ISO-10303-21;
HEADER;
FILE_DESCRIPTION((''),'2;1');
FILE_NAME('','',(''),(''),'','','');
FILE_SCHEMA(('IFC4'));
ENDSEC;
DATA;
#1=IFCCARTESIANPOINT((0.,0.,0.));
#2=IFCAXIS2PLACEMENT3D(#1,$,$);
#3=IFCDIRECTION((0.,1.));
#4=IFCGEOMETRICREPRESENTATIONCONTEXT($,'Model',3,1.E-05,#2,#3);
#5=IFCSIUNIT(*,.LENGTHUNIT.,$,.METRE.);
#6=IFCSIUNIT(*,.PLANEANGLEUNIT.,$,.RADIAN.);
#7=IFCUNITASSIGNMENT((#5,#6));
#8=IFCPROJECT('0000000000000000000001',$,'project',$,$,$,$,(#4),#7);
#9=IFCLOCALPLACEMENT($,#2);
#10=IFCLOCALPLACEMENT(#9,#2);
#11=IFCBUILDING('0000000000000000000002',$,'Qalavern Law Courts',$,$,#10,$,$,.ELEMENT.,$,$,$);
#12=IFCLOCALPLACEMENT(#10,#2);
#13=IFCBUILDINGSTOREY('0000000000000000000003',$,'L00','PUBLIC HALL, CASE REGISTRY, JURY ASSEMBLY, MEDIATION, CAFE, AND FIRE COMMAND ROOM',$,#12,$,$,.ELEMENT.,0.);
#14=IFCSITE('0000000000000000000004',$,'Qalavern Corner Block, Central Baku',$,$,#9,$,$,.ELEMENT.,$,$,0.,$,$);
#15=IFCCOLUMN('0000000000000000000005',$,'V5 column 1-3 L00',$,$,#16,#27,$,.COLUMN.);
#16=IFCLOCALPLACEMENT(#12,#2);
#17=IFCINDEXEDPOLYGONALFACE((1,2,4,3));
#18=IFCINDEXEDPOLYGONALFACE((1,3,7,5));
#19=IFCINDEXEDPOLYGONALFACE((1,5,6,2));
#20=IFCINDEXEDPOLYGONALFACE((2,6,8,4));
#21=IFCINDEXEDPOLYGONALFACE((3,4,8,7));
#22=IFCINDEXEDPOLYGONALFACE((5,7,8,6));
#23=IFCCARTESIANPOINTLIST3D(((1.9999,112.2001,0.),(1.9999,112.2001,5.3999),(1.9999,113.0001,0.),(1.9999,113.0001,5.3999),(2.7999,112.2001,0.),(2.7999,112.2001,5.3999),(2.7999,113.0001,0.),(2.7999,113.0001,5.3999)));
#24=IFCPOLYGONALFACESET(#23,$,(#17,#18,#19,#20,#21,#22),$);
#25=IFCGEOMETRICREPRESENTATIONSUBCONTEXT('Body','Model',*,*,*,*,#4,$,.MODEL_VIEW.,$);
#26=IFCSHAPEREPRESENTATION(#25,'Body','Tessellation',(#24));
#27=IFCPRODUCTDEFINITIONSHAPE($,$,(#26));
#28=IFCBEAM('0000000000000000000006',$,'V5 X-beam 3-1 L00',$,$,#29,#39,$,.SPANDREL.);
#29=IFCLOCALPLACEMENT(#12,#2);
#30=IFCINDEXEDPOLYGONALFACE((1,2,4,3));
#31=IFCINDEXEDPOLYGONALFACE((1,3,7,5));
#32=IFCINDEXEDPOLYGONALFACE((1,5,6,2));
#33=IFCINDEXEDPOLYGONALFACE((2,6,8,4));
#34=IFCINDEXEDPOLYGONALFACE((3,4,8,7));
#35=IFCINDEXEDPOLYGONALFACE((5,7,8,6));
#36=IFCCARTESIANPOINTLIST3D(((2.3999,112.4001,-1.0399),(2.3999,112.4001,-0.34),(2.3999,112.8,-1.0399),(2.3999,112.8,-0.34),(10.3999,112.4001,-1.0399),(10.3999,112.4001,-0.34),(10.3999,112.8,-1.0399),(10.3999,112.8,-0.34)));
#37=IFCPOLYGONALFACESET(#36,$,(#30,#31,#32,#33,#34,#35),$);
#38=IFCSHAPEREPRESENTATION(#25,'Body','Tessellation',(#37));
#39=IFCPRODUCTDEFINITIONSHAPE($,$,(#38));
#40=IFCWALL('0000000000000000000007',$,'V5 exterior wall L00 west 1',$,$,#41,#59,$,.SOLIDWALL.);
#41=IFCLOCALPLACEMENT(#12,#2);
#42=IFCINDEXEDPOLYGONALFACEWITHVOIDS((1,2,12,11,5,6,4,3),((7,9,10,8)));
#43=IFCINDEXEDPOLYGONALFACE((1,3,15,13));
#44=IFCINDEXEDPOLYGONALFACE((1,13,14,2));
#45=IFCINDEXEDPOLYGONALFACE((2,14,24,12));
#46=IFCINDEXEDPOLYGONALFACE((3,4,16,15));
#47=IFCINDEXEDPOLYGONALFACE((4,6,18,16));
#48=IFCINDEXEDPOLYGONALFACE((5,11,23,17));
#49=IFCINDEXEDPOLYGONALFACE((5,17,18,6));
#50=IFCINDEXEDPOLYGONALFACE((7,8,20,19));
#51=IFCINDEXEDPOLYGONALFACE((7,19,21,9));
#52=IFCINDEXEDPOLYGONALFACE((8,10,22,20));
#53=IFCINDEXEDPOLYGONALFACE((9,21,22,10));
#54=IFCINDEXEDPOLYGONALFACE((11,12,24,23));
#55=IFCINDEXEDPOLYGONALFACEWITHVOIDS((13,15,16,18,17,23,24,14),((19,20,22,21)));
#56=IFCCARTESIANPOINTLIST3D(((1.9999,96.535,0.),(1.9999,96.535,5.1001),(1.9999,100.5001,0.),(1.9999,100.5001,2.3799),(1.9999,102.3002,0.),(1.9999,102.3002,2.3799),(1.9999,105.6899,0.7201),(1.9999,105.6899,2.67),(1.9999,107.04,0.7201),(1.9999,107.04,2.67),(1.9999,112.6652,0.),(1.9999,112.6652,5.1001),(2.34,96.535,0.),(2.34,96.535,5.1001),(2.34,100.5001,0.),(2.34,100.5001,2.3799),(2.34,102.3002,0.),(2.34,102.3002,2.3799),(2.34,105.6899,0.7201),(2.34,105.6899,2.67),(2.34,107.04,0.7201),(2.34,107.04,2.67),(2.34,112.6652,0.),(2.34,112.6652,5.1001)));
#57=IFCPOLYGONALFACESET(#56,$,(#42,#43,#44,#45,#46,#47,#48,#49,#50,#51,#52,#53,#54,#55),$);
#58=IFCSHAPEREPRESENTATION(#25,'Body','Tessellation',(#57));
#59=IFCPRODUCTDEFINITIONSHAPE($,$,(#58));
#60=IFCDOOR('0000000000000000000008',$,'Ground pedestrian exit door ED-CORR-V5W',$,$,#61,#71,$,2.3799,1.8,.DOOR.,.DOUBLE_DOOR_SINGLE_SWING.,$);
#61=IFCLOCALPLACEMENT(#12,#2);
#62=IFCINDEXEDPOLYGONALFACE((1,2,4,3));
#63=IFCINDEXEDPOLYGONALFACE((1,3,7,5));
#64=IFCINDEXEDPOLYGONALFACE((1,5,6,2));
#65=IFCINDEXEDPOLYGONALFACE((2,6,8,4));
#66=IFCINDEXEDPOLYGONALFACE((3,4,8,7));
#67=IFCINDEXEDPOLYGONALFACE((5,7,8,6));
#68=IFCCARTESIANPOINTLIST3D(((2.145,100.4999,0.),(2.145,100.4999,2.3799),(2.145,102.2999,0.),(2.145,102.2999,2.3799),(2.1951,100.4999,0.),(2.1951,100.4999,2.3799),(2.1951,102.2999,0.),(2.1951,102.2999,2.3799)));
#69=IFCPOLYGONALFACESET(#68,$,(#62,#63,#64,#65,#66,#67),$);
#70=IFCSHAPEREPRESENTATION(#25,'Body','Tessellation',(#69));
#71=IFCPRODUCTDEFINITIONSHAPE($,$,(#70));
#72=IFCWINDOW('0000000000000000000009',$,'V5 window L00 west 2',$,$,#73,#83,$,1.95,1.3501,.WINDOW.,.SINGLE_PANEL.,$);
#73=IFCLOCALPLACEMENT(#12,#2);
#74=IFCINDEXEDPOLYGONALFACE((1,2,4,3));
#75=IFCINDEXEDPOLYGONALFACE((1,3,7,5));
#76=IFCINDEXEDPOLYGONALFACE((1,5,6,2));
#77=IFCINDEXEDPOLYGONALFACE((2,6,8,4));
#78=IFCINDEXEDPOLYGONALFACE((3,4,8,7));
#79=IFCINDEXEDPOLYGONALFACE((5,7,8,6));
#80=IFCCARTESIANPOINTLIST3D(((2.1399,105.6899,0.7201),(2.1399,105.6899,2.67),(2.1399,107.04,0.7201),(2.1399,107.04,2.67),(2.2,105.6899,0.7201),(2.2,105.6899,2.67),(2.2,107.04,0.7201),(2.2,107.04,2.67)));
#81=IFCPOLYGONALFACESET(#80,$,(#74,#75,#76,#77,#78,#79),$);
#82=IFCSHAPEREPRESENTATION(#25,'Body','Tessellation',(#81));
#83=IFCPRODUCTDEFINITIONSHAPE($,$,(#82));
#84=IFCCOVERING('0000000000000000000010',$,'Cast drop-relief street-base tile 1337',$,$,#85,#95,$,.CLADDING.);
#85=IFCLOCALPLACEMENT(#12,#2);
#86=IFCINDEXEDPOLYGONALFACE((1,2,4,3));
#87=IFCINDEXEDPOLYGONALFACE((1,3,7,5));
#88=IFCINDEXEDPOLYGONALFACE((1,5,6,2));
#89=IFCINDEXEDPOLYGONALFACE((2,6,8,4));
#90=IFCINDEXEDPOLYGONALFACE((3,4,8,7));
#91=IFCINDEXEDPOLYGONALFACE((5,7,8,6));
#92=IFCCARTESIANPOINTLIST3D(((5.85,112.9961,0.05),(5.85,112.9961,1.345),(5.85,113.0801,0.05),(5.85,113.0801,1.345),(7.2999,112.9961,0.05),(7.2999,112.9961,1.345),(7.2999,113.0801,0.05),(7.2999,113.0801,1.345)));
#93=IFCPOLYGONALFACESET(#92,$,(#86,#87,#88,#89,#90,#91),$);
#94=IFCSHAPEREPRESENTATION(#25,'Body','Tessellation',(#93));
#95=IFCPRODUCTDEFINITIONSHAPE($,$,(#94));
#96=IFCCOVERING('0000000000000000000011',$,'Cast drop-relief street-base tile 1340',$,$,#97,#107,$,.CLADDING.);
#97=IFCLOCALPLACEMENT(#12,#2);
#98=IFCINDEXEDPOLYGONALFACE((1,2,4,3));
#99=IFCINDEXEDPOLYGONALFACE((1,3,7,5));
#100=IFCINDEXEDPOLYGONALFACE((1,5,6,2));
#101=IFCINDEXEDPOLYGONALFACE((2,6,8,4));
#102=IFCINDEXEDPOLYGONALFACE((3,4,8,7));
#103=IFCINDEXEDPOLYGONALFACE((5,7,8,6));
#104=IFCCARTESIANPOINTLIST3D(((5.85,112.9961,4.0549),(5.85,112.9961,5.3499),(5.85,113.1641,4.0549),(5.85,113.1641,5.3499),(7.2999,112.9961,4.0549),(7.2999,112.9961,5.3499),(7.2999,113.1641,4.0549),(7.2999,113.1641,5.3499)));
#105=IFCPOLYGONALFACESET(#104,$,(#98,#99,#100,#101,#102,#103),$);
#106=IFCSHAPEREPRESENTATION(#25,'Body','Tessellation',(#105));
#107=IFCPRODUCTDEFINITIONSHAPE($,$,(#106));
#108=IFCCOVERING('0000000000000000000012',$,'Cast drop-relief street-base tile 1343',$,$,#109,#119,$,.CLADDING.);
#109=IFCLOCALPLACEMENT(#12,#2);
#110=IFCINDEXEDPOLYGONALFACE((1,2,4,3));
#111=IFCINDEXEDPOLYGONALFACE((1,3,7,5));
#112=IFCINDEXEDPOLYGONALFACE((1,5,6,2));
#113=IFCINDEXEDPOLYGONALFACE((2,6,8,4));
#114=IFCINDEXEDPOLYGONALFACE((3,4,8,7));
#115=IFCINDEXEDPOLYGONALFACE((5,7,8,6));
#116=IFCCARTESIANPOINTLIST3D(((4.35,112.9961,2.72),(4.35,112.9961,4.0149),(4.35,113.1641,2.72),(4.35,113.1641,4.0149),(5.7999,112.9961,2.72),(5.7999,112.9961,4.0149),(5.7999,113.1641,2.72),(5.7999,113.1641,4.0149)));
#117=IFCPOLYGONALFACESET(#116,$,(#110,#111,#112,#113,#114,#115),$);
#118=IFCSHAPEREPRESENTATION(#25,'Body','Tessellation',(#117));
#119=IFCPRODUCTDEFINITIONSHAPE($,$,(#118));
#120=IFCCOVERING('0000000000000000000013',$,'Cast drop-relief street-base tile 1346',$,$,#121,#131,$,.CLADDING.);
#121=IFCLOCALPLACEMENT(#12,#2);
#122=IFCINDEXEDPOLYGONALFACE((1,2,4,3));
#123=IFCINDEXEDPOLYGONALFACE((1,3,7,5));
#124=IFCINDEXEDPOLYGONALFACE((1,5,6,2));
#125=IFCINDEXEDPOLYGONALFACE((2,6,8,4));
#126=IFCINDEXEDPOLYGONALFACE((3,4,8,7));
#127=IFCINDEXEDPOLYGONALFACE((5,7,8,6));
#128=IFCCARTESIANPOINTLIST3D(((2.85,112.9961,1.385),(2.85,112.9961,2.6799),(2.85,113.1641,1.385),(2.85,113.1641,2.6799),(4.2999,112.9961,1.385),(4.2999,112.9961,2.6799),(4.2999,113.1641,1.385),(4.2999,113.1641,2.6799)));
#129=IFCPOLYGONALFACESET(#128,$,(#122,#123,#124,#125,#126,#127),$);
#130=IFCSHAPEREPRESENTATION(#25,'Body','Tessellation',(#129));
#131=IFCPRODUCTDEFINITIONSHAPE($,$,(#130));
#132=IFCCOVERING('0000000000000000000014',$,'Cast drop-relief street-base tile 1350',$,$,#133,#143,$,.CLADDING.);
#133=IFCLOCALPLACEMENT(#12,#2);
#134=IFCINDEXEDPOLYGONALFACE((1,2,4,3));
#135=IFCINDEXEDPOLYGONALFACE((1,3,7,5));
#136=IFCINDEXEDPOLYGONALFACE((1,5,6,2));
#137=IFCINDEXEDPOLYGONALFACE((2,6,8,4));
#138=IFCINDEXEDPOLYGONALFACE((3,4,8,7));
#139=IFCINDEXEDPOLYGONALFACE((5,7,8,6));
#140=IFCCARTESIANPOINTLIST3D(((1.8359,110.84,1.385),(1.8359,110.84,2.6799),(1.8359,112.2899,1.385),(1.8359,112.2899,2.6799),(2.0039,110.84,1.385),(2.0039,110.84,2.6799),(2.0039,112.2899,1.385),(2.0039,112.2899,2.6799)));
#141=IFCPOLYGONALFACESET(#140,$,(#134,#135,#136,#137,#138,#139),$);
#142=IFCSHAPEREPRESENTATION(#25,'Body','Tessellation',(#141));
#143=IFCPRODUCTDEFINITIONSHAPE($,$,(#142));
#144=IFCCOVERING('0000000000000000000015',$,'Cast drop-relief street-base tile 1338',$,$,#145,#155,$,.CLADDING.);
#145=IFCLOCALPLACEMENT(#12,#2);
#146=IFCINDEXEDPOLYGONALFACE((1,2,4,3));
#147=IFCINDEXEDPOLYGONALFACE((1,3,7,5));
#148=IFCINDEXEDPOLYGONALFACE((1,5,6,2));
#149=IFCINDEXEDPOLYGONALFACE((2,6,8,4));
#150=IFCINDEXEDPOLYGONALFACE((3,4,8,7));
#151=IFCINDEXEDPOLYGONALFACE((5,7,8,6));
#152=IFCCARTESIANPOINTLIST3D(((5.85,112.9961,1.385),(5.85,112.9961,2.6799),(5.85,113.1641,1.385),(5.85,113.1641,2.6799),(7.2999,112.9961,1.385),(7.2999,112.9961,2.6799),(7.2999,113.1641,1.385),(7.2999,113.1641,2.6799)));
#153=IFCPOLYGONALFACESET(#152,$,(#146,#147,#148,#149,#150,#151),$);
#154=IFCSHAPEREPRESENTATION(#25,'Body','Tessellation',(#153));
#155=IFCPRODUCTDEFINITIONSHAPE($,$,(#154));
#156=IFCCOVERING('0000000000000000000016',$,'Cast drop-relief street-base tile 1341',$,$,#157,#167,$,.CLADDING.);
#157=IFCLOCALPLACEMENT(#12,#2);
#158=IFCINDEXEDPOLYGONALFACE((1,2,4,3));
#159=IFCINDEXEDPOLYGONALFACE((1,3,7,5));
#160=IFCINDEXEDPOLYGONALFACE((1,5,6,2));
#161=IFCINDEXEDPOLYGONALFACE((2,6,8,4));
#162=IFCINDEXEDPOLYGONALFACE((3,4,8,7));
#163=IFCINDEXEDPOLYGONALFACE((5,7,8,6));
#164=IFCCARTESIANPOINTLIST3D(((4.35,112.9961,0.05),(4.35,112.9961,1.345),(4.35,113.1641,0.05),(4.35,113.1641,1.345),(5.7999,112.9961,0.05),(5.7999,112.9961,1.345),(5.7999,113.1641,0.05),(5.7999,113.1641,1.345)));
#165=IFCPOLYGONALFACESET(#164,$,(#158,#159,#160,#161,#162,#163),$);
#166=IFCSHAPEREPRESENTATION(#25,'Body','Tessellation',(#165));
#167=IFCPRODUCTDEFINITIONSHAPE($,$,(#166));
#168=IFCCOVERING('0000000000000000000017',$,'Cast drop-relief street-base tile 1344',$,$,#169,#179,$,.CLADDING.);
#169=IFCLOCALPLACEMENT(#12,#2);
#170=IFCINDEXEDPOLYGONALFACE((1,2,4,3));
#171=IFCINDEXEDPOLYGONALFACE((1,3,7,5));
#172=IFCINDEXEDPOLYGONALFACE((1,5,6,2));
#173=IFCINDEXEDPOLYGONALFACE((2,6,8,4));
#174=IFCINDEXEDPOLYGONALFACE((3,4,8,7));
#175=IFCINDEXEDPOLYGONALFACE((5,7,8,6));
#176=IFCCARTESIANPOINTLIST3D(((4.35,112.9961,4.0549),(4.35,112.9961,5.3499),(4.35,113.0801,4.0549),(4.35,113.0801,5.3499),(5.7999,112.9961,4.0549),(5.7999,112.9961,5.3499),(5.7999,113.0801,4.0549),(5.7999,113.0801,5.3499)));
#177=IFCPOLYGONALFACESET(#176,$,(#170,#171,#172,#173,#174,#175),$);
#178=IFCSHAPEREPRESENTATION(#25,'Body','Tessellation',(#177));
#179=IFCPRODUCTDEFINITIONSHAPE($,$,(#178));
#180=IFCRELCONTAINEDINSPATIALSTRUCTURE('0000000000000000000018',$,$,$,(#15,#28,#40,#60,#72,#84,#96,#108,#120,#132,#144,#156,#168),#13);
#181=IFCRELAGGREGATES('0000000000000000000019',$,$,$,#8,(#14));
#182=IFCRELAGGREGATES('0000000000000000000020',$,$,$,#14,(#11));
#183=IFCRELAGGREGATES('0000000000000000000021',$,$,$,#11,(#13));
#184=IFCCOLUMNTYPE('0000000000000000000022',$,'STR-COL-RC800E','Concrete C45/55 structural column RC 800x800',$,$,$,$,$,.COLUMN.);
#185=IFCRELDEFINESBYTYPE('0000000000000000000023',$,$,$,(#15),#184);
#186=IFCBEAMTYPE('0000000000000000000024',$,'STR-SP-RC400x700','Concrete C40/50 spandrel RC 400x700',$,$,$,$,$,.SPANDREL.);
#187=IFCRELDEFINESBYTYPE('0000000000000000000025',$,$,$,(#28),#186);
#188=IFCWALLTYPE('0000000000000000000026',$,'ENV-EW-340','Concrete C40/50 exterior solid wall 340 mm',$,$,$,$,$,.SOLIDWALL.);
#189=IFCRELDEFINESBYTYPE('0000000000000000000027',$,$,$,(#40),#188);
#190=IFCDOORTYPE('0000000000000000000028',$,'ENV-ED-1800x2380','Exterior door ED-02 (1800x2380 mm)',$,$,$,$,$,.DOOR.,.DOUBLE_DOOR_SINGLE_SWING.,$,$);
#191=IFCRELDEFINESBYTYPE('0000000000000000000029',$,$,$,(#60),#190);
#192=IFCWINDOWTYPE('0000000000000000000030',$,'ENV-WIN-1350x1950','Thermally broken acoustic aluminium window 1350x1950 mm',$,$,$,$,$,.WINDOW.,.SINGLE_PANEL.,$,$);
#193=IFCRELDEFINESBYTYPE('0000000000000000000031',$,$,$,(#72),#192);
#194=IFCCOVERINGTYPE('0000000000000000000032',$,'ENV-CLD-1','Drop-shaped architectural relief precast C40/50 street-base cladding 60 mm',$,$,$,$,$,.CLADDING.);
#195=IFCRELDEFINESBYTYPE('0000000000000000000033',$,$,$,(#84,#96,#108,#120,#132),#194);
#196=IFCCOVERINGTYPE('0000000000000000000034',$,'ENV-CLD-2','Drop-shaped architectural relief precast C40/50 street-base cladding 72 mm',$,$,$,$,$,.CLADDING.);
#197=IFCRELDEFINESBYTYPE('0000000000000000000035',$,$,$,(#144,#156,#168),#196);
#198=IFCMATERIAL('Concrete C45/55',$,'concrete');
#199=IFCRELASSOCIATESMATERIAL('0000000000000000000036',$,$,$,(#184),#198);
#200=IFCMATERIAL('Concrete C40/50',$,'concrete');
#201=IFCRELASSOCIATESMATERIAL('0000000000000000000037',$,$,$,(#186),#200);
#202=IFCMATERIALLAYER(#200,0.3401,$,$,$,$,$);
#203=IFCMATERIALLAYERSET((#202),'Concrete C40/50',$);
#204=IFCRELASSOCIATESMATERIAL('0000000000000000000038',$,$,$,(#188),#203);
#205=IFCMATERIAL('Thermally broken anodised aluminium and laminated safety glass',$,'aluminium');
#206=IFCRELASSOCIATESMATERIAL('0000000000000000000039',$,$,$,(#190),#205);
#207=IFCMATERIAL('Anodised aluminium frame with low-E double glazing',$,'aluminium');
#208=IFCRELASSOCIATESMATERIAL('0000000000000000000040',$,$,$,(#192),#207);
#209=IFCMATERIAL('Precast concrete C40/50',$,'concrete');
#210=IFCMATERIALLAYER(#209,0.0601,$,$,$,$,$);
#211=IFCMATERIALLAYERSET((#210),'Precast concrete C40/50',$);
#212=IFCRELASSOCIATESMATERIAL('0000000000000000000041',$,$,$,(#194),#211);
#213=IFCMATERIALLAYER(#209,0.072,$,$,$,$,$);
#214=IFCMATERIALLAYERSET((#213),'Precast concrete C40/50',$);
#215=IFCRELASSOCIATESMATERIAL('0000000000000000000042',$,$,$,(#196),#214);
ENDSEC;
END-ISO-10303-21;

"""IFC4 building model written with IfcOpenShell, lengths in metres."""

from ifc_helpers import new_model, si_unit, direction, frame, frame_2d, origin, origin_2d, place, context, subcontext, project, spatial, rectangle, extrude, material, layer, layer_set, material_profile, profile_set, type_object, element, fill, save


model = new_model("IFC4")

# Units and contexts
model_context = context("Model", 3, precision=1e-05, world=origin(), true_north=direction((0.0, 1.0)))
body_context = subcontext(model_context, "Body", "Model", "MODEL_VIEW")
ifc_project = project(units=[si_unit("LENGTHUNIT", "METRE"), si_unit("PLANEANGLEUNIT", "RADIAN")], contexts=[model_context])

# Site, building, storey
site_placement = place(None, origin())
site = spatial("IfcSite", under=ifc_project, at=site_placement, Name="Qalavern Corner Block, Central Baku", CompositionType="ELEMENT", RefElevation=0.0)
building_placement = place(site_placement, origin())
building = spatial("IfcBuilding", under=site, at=building_placement, Name="Qalavern Law Courts", CompositionType="ELEMENT")
storey_placement = place(building_placement, origin())
storey = spatial("IfcBuildingStorey", under=building, at=storey_placement, Name="L00", Description="PUBLIC HALL, CASE REGISTRY, JURY ASSEMBLY, MEDIATION, CAFE, AND FIRE COMMAND ROOM", CompositionType="ELEMENT", Elevation=0.0)

# Column
ifc_material_1 = material(Name="Concrete C45/55", Category="concrete")
ifc_material_profile_1 = material_profile(ifc_material_1, rectangle(XDim=0.8, YDim=0.8, at=origin_2d()), Name="RC 800x800")
ifc_profile_set_1 = profile_set([ifc_material_profile_1], Name="Concrete C45/55")
column_type = type_object("IfcColumnType", Name="STR-COL-RC800E", Description="Concrete C45/55 structural column RC 800x800", PredefinedType="COLUMN", material=ifc_profile_set_1)
column_placement = place(storey_placement, frame((2.3999, 112.6001, 0.0), z_axis=(0.0, 0.0, 1.0), x_axis=(1.0, 0.0, 0.0)))
element("IfcColumn", 1, at=column_placement, inside=storey, type_object=column_type, Name="V5 column 1-3 L00", PredefinedType="COLUMN", context=body_context, shape_type="SweptSolid", body=[
    extrude(rectangle(XDim=0.8, YDim=0.8, at=origin_2d()), origin(), (0.0, 0.0, 1.0), 5.3999),
])

# Beam
ifc_material_2 = material(Name="Concrete C40/50", Category="concrete")
ifc_material_profile_2 = material_profile(ifc_material_2, rectangle(XDim=0.3999, YDim=0.7, at=origin_2d()), Name="RC 400x700")
ifc_profile_set_2 = profile_set([ifc_material_profile_2], Name="Concrete C40/50")
beam_type = type_object("IfcBeamType", Name="STR-SP-RC400x700", Description="Concrete C40/50 spandrel RC 400x700", PredefinedType="SPANDREL", material=ifc_profile_set_2)
beam_placement = place(storey_placement, frame((2.3999, 112.6001, -0.6899), z_axis=(1.0, 0.0, 0.0), x_axis=(0.0, 1.0, 0.0)))
element("IfcBeam", 2, at=beam_placement, inside=storey, type_object=beam_type, Name="V5 X-beam 3-1 L00", PredefinedType="SPANDREL", context=body_context, shape_type="SweptSolid", body=[
    extrude(rectangle(XDim=0.3999, YDim=0.7, at=origin_2d()), origin(), (0.0, 0.0, 1.0), 8.0),
])

# Wall, openings, door, window
ifc_layer_1 = layer(ifc_material_2, 0.3401)
ifc_layer_set_1 = layer_set([ifc_layer_1], Name="Concrete C40/50")
wall_type = type_object("IfcWallType", Name="ENV-EW-340", Description="Concrete C40/50 exterior solid wall 340 mm", PredefinedType="SOLIDWALL", material=ifc_layer_set_1)
wall_placement = place(storey_placement, frame((2.1699, 112.665, 0.0), z_axis=(0.0, 0.0, 1.0), x_axis=(0.0, -1.0, 0.0)))
wall = element("IfcWall", 3, at=wall_placement, inside=storey, type_object=wall_type, Name="V5 exterior wall L00 west 1", PredefinedType="SOLIDWALL", context=body_context, shape_type="SweptSolid", body=[
    extrude(rectangle(XDim=16.1301, YDim=0.3401, at=frame_2d((8.0649, 0.0))), origin(), (0.0, 0.0, 1.0), 5.1001),
])
opening_1_placement = place(wall_placement, frame((10.365, 0.0, 0.0)))
opening_1 = element("IfcOpeningElement", 4, at=opening_1_placement, cuts=wall, PredefinedType="OPENING", context=body_context, shape_type="SweptSolid", body=[
    extrude(rectangle(XDim=1.8, YDim=2.3799, at=frame_2d((0.8999, 1.1899))), frame((0.0, 0.1851, 0.0), z_axis=(0.0, -1.0, 0.0), x_axis=(1.0, 0.0, 0.0)), (0.0, 0.0, 1.0), 0.3699),
])
opening_2_placement = place(wall_placement, frame((5.625, 0.0, 0.72)))
opening_2 = element("IfcOpeningElement", 5, at=opening_2_placement, cuts=wall, PredefinedType="OPENING", context=body_context, shape_type="SweptSolid", body=[
    extrude(rectangle(XDim=1.3501, YDim=1.95, at=frame_2d((0.675, 0.9751))), frame((0.0, 0.1851, 0.0), z_axis=(0.0, -1.0, 0.0), x_axis=(1.0, 0.0, 0.0)), (0.0, 0.0, 1.0), 0.3699),
])
ifc_material_3 = material(Name="Thermally broken anodised aluminium and laminated safety glass", Category="aluminium")
door_type = type_object("IfcDoorType", Name="ENV-ED-1800x2380", Description="Exterior door ED-02 (1800x2380 mm)", OperationType="DOUBLE_DOOR_SINGLE_SWING", PredefinedType="DOOR", material=ifc_material_3)
door_placement = place(opening_1_placement, frame((1.8, 0.0, 0.0), z_axis=(0.0, 0.0, 1.0), x_axis=(-1.0, 0.0, 0.0)))
door = element("IfcDoor", 6, at=door_placement, inside=storey, type_object=door_type, Name="Ground pedestrian exit door ED-CORR-V5W", OperationType="DOUBLE_DOOR_SINGLE_SWING", OverallHeight=2.3799, OverallWidth=1.8, PredefinedType="DOOR", context=body_context, shape_type="SweptSolid", body=[
    extrude(rectangle(XDim=1.8, YDim=2.3799, at=frame_2d((0.8999, 1.1899))), frame((0.0, 0.0249, 0.0), z_axis=(0.0, -1.0, 0.0), x_axis=(1.0, 0.0, 0.0)), (0.0, 0.0, 1.0), 0.05),
])
fill(opening_1, door)
ifc_material_4 = material(Name="Anodised aluminium frame with low-E double glazing", Category="aluminium")
window_type = type_object("IfcWindowType", Name="ENV-WIN-1350x1950", Description="Thermally broken acoustic aluminium window 1350x1950 mm", PartitioningType="SINGLE_PANEL", PredefinedType="WINDOW", material=ifc_material_4)
window_placement = place(opening_2_placement, origin())
window = element("IfcWindow", 7, at=window_placement, inside=storey, type_object=window_type, Name="V5 window L00 west 2", OverallHeight=1.95, OverallWidth=1.3501, PartitioningType="SINGLE_PANEL", PredefinedType="WINDOW", context=body_context, shape_type="SweptSolid", body=[
    extrude(rectangle(XDim=1.3501, YDim=1.95, at=frame_2d((0.675, 0.9751))), frame((0.0, 0.03, 0.0), z_axis=(0.0, -1.0, 0.0), x_axis=(1.0, 0.0, 0.0)), (0.0, 0.0, 1.0), 0.0601),
])
fill(opening_2, window)

# Coverings
ifc_material_5 = material(Name="Precast concrete C40/50", Category="concrete")
ifc_layer_2 = layer(ifc_material_5, 0.0601)
ifc_layer_set_2 = layer_set([ifc_layer_2], Name="Precast concrete C40/50")
covering_type_1 = type_object("IfcCoveringType", Name="ENV-CLD-1", Description="Drop-shaped architectural relief precast C40/50 street-base cladding 60 mm", PredefinedType="CLADDING", material=ifc_layer_set_2)
covering_1_placement = place(storey_placement, frame((6.575, 113.0381, 0.05), z_axis=(0.0, 0.0, 1.0), x_axis=(-1.0, 0.0, 0.0)))
element("IfcCovering", 8, at=covering_1_placement, inside=storey, type_object=covering_type_1, Name="Cast drop-relief street-base tile 1337", PredefinedType="CLADDING", context=body_context, shape_type="SweptSolid", body=[
    extrude(rectangle(XDim=1.45, YDim=0.084, at=origin_2d()), origin(), (0.0, 0.0, 1.0), 1.2949),
])
for number, where, z_axis, x_axis, name in (
    (9, (6.575, 113.0801, 4.0549), (0.0, 0.0, 1.0), (-1.0, 0.0, 0.0), "Cast drop-relief street-base tile 1340"),
    (10, (5.075, 113.0801, 2.72), (0.0, 0.0, 1.0), (-1.0, 0.0, 0.0), "Cast drop-relief street-base tile 1343"),
    (11, (3.575, 113.0801, 1.385), (0.0, 0.0, 1.0), (-1.0, 0.0, 0.0), "Cast drop-relief street-base tile 1346"),
    (12, (1.9199, 111.5649, 1.385), (0.0, 0.0, 1.0), (0.0, -1.0, 0.0), "Cast drop-relief street-base tile 1350"),
):
    element("IfcCovering", number, at=place(storey_placement, frame(where, z_axis=z_axis, x_axis=x_axis)), inside=storey, type_object=covering_type_1, Name=name, PredefinedType="CLADDING", context=body_context, shape_type="SweptSolid", body=[
        extrude(rectangle(XDim=1.45, YDim=0.168, at=origin_2d()), origin(), (0.0, 0.0, 1.0), 1.2949),
    ])
ifc_layer_3 = layer(ifc_material_5, 0.072)
ifc_layer_set_3 = layer_set([ifc_layer_3], Name="Precast concrete C40/50")
covering_type_2 = type_object("IfcCoveringType", Name="ENV-CLD-2", Description="Drop-shaped architectural relief precast C40/50 street-base cladding 72 mm", PredefinedType="CLADDING", material=ifc_layer_set_3)
for number, where, z_axis, x_axis, name in (
    (13, (6.575, 113.0801, 1.385), (0.0, 0.0, 1.0), (-1.0, 0.0, 0.0), "Cast drop-relief street-base tile 1338"),
    (14, (5.075, 113.0801, 0.05), (0.0, 0.0, 1.0), (-1.0, 0.0, 0.0), "Cast drop-relief street-base tile 1341"),
):
    element("IfcCovering", number, at=place(storey_placement, frame(where, z_axis=z_axis, x_axis=x_axis)), inside=storey, type_object=covering_type_2, Name=name, PredefinedType="CLADDING", context=body_context, shape_type="SweptSolid", body=[
        extrude(rectangle(XDim=1.45, YDim=0.168, at=origin_2d()), origin(), (0.0, 0.0, 1.0), 1.2949),
    ])
for number, where, z_axis, x_axis, name in (
    (15, (5.075, 113.0381, 4.0549), (0.0, 0.0, 1.0), (-1.0, 0.0, 0.0), "Cast drop-relief street-base tile 1344"),
):
    element("IfcCovering", number, at=place(storey_placement, frame(where, z_axis=z_axis, x_axis=x_axis)), inside=storey, type_object=covering_type_2, Name=name, PredefinedType="CLADDING", context=body_context, shape_type="SweptSolid", body=[
        extrude(rectangle(XDim=1.45, YDim=0.084, at=origin_2d()), origin(), (0.0, 0.0, 1.0), 1.2949),
    ])

save(model, "model.ifc")
